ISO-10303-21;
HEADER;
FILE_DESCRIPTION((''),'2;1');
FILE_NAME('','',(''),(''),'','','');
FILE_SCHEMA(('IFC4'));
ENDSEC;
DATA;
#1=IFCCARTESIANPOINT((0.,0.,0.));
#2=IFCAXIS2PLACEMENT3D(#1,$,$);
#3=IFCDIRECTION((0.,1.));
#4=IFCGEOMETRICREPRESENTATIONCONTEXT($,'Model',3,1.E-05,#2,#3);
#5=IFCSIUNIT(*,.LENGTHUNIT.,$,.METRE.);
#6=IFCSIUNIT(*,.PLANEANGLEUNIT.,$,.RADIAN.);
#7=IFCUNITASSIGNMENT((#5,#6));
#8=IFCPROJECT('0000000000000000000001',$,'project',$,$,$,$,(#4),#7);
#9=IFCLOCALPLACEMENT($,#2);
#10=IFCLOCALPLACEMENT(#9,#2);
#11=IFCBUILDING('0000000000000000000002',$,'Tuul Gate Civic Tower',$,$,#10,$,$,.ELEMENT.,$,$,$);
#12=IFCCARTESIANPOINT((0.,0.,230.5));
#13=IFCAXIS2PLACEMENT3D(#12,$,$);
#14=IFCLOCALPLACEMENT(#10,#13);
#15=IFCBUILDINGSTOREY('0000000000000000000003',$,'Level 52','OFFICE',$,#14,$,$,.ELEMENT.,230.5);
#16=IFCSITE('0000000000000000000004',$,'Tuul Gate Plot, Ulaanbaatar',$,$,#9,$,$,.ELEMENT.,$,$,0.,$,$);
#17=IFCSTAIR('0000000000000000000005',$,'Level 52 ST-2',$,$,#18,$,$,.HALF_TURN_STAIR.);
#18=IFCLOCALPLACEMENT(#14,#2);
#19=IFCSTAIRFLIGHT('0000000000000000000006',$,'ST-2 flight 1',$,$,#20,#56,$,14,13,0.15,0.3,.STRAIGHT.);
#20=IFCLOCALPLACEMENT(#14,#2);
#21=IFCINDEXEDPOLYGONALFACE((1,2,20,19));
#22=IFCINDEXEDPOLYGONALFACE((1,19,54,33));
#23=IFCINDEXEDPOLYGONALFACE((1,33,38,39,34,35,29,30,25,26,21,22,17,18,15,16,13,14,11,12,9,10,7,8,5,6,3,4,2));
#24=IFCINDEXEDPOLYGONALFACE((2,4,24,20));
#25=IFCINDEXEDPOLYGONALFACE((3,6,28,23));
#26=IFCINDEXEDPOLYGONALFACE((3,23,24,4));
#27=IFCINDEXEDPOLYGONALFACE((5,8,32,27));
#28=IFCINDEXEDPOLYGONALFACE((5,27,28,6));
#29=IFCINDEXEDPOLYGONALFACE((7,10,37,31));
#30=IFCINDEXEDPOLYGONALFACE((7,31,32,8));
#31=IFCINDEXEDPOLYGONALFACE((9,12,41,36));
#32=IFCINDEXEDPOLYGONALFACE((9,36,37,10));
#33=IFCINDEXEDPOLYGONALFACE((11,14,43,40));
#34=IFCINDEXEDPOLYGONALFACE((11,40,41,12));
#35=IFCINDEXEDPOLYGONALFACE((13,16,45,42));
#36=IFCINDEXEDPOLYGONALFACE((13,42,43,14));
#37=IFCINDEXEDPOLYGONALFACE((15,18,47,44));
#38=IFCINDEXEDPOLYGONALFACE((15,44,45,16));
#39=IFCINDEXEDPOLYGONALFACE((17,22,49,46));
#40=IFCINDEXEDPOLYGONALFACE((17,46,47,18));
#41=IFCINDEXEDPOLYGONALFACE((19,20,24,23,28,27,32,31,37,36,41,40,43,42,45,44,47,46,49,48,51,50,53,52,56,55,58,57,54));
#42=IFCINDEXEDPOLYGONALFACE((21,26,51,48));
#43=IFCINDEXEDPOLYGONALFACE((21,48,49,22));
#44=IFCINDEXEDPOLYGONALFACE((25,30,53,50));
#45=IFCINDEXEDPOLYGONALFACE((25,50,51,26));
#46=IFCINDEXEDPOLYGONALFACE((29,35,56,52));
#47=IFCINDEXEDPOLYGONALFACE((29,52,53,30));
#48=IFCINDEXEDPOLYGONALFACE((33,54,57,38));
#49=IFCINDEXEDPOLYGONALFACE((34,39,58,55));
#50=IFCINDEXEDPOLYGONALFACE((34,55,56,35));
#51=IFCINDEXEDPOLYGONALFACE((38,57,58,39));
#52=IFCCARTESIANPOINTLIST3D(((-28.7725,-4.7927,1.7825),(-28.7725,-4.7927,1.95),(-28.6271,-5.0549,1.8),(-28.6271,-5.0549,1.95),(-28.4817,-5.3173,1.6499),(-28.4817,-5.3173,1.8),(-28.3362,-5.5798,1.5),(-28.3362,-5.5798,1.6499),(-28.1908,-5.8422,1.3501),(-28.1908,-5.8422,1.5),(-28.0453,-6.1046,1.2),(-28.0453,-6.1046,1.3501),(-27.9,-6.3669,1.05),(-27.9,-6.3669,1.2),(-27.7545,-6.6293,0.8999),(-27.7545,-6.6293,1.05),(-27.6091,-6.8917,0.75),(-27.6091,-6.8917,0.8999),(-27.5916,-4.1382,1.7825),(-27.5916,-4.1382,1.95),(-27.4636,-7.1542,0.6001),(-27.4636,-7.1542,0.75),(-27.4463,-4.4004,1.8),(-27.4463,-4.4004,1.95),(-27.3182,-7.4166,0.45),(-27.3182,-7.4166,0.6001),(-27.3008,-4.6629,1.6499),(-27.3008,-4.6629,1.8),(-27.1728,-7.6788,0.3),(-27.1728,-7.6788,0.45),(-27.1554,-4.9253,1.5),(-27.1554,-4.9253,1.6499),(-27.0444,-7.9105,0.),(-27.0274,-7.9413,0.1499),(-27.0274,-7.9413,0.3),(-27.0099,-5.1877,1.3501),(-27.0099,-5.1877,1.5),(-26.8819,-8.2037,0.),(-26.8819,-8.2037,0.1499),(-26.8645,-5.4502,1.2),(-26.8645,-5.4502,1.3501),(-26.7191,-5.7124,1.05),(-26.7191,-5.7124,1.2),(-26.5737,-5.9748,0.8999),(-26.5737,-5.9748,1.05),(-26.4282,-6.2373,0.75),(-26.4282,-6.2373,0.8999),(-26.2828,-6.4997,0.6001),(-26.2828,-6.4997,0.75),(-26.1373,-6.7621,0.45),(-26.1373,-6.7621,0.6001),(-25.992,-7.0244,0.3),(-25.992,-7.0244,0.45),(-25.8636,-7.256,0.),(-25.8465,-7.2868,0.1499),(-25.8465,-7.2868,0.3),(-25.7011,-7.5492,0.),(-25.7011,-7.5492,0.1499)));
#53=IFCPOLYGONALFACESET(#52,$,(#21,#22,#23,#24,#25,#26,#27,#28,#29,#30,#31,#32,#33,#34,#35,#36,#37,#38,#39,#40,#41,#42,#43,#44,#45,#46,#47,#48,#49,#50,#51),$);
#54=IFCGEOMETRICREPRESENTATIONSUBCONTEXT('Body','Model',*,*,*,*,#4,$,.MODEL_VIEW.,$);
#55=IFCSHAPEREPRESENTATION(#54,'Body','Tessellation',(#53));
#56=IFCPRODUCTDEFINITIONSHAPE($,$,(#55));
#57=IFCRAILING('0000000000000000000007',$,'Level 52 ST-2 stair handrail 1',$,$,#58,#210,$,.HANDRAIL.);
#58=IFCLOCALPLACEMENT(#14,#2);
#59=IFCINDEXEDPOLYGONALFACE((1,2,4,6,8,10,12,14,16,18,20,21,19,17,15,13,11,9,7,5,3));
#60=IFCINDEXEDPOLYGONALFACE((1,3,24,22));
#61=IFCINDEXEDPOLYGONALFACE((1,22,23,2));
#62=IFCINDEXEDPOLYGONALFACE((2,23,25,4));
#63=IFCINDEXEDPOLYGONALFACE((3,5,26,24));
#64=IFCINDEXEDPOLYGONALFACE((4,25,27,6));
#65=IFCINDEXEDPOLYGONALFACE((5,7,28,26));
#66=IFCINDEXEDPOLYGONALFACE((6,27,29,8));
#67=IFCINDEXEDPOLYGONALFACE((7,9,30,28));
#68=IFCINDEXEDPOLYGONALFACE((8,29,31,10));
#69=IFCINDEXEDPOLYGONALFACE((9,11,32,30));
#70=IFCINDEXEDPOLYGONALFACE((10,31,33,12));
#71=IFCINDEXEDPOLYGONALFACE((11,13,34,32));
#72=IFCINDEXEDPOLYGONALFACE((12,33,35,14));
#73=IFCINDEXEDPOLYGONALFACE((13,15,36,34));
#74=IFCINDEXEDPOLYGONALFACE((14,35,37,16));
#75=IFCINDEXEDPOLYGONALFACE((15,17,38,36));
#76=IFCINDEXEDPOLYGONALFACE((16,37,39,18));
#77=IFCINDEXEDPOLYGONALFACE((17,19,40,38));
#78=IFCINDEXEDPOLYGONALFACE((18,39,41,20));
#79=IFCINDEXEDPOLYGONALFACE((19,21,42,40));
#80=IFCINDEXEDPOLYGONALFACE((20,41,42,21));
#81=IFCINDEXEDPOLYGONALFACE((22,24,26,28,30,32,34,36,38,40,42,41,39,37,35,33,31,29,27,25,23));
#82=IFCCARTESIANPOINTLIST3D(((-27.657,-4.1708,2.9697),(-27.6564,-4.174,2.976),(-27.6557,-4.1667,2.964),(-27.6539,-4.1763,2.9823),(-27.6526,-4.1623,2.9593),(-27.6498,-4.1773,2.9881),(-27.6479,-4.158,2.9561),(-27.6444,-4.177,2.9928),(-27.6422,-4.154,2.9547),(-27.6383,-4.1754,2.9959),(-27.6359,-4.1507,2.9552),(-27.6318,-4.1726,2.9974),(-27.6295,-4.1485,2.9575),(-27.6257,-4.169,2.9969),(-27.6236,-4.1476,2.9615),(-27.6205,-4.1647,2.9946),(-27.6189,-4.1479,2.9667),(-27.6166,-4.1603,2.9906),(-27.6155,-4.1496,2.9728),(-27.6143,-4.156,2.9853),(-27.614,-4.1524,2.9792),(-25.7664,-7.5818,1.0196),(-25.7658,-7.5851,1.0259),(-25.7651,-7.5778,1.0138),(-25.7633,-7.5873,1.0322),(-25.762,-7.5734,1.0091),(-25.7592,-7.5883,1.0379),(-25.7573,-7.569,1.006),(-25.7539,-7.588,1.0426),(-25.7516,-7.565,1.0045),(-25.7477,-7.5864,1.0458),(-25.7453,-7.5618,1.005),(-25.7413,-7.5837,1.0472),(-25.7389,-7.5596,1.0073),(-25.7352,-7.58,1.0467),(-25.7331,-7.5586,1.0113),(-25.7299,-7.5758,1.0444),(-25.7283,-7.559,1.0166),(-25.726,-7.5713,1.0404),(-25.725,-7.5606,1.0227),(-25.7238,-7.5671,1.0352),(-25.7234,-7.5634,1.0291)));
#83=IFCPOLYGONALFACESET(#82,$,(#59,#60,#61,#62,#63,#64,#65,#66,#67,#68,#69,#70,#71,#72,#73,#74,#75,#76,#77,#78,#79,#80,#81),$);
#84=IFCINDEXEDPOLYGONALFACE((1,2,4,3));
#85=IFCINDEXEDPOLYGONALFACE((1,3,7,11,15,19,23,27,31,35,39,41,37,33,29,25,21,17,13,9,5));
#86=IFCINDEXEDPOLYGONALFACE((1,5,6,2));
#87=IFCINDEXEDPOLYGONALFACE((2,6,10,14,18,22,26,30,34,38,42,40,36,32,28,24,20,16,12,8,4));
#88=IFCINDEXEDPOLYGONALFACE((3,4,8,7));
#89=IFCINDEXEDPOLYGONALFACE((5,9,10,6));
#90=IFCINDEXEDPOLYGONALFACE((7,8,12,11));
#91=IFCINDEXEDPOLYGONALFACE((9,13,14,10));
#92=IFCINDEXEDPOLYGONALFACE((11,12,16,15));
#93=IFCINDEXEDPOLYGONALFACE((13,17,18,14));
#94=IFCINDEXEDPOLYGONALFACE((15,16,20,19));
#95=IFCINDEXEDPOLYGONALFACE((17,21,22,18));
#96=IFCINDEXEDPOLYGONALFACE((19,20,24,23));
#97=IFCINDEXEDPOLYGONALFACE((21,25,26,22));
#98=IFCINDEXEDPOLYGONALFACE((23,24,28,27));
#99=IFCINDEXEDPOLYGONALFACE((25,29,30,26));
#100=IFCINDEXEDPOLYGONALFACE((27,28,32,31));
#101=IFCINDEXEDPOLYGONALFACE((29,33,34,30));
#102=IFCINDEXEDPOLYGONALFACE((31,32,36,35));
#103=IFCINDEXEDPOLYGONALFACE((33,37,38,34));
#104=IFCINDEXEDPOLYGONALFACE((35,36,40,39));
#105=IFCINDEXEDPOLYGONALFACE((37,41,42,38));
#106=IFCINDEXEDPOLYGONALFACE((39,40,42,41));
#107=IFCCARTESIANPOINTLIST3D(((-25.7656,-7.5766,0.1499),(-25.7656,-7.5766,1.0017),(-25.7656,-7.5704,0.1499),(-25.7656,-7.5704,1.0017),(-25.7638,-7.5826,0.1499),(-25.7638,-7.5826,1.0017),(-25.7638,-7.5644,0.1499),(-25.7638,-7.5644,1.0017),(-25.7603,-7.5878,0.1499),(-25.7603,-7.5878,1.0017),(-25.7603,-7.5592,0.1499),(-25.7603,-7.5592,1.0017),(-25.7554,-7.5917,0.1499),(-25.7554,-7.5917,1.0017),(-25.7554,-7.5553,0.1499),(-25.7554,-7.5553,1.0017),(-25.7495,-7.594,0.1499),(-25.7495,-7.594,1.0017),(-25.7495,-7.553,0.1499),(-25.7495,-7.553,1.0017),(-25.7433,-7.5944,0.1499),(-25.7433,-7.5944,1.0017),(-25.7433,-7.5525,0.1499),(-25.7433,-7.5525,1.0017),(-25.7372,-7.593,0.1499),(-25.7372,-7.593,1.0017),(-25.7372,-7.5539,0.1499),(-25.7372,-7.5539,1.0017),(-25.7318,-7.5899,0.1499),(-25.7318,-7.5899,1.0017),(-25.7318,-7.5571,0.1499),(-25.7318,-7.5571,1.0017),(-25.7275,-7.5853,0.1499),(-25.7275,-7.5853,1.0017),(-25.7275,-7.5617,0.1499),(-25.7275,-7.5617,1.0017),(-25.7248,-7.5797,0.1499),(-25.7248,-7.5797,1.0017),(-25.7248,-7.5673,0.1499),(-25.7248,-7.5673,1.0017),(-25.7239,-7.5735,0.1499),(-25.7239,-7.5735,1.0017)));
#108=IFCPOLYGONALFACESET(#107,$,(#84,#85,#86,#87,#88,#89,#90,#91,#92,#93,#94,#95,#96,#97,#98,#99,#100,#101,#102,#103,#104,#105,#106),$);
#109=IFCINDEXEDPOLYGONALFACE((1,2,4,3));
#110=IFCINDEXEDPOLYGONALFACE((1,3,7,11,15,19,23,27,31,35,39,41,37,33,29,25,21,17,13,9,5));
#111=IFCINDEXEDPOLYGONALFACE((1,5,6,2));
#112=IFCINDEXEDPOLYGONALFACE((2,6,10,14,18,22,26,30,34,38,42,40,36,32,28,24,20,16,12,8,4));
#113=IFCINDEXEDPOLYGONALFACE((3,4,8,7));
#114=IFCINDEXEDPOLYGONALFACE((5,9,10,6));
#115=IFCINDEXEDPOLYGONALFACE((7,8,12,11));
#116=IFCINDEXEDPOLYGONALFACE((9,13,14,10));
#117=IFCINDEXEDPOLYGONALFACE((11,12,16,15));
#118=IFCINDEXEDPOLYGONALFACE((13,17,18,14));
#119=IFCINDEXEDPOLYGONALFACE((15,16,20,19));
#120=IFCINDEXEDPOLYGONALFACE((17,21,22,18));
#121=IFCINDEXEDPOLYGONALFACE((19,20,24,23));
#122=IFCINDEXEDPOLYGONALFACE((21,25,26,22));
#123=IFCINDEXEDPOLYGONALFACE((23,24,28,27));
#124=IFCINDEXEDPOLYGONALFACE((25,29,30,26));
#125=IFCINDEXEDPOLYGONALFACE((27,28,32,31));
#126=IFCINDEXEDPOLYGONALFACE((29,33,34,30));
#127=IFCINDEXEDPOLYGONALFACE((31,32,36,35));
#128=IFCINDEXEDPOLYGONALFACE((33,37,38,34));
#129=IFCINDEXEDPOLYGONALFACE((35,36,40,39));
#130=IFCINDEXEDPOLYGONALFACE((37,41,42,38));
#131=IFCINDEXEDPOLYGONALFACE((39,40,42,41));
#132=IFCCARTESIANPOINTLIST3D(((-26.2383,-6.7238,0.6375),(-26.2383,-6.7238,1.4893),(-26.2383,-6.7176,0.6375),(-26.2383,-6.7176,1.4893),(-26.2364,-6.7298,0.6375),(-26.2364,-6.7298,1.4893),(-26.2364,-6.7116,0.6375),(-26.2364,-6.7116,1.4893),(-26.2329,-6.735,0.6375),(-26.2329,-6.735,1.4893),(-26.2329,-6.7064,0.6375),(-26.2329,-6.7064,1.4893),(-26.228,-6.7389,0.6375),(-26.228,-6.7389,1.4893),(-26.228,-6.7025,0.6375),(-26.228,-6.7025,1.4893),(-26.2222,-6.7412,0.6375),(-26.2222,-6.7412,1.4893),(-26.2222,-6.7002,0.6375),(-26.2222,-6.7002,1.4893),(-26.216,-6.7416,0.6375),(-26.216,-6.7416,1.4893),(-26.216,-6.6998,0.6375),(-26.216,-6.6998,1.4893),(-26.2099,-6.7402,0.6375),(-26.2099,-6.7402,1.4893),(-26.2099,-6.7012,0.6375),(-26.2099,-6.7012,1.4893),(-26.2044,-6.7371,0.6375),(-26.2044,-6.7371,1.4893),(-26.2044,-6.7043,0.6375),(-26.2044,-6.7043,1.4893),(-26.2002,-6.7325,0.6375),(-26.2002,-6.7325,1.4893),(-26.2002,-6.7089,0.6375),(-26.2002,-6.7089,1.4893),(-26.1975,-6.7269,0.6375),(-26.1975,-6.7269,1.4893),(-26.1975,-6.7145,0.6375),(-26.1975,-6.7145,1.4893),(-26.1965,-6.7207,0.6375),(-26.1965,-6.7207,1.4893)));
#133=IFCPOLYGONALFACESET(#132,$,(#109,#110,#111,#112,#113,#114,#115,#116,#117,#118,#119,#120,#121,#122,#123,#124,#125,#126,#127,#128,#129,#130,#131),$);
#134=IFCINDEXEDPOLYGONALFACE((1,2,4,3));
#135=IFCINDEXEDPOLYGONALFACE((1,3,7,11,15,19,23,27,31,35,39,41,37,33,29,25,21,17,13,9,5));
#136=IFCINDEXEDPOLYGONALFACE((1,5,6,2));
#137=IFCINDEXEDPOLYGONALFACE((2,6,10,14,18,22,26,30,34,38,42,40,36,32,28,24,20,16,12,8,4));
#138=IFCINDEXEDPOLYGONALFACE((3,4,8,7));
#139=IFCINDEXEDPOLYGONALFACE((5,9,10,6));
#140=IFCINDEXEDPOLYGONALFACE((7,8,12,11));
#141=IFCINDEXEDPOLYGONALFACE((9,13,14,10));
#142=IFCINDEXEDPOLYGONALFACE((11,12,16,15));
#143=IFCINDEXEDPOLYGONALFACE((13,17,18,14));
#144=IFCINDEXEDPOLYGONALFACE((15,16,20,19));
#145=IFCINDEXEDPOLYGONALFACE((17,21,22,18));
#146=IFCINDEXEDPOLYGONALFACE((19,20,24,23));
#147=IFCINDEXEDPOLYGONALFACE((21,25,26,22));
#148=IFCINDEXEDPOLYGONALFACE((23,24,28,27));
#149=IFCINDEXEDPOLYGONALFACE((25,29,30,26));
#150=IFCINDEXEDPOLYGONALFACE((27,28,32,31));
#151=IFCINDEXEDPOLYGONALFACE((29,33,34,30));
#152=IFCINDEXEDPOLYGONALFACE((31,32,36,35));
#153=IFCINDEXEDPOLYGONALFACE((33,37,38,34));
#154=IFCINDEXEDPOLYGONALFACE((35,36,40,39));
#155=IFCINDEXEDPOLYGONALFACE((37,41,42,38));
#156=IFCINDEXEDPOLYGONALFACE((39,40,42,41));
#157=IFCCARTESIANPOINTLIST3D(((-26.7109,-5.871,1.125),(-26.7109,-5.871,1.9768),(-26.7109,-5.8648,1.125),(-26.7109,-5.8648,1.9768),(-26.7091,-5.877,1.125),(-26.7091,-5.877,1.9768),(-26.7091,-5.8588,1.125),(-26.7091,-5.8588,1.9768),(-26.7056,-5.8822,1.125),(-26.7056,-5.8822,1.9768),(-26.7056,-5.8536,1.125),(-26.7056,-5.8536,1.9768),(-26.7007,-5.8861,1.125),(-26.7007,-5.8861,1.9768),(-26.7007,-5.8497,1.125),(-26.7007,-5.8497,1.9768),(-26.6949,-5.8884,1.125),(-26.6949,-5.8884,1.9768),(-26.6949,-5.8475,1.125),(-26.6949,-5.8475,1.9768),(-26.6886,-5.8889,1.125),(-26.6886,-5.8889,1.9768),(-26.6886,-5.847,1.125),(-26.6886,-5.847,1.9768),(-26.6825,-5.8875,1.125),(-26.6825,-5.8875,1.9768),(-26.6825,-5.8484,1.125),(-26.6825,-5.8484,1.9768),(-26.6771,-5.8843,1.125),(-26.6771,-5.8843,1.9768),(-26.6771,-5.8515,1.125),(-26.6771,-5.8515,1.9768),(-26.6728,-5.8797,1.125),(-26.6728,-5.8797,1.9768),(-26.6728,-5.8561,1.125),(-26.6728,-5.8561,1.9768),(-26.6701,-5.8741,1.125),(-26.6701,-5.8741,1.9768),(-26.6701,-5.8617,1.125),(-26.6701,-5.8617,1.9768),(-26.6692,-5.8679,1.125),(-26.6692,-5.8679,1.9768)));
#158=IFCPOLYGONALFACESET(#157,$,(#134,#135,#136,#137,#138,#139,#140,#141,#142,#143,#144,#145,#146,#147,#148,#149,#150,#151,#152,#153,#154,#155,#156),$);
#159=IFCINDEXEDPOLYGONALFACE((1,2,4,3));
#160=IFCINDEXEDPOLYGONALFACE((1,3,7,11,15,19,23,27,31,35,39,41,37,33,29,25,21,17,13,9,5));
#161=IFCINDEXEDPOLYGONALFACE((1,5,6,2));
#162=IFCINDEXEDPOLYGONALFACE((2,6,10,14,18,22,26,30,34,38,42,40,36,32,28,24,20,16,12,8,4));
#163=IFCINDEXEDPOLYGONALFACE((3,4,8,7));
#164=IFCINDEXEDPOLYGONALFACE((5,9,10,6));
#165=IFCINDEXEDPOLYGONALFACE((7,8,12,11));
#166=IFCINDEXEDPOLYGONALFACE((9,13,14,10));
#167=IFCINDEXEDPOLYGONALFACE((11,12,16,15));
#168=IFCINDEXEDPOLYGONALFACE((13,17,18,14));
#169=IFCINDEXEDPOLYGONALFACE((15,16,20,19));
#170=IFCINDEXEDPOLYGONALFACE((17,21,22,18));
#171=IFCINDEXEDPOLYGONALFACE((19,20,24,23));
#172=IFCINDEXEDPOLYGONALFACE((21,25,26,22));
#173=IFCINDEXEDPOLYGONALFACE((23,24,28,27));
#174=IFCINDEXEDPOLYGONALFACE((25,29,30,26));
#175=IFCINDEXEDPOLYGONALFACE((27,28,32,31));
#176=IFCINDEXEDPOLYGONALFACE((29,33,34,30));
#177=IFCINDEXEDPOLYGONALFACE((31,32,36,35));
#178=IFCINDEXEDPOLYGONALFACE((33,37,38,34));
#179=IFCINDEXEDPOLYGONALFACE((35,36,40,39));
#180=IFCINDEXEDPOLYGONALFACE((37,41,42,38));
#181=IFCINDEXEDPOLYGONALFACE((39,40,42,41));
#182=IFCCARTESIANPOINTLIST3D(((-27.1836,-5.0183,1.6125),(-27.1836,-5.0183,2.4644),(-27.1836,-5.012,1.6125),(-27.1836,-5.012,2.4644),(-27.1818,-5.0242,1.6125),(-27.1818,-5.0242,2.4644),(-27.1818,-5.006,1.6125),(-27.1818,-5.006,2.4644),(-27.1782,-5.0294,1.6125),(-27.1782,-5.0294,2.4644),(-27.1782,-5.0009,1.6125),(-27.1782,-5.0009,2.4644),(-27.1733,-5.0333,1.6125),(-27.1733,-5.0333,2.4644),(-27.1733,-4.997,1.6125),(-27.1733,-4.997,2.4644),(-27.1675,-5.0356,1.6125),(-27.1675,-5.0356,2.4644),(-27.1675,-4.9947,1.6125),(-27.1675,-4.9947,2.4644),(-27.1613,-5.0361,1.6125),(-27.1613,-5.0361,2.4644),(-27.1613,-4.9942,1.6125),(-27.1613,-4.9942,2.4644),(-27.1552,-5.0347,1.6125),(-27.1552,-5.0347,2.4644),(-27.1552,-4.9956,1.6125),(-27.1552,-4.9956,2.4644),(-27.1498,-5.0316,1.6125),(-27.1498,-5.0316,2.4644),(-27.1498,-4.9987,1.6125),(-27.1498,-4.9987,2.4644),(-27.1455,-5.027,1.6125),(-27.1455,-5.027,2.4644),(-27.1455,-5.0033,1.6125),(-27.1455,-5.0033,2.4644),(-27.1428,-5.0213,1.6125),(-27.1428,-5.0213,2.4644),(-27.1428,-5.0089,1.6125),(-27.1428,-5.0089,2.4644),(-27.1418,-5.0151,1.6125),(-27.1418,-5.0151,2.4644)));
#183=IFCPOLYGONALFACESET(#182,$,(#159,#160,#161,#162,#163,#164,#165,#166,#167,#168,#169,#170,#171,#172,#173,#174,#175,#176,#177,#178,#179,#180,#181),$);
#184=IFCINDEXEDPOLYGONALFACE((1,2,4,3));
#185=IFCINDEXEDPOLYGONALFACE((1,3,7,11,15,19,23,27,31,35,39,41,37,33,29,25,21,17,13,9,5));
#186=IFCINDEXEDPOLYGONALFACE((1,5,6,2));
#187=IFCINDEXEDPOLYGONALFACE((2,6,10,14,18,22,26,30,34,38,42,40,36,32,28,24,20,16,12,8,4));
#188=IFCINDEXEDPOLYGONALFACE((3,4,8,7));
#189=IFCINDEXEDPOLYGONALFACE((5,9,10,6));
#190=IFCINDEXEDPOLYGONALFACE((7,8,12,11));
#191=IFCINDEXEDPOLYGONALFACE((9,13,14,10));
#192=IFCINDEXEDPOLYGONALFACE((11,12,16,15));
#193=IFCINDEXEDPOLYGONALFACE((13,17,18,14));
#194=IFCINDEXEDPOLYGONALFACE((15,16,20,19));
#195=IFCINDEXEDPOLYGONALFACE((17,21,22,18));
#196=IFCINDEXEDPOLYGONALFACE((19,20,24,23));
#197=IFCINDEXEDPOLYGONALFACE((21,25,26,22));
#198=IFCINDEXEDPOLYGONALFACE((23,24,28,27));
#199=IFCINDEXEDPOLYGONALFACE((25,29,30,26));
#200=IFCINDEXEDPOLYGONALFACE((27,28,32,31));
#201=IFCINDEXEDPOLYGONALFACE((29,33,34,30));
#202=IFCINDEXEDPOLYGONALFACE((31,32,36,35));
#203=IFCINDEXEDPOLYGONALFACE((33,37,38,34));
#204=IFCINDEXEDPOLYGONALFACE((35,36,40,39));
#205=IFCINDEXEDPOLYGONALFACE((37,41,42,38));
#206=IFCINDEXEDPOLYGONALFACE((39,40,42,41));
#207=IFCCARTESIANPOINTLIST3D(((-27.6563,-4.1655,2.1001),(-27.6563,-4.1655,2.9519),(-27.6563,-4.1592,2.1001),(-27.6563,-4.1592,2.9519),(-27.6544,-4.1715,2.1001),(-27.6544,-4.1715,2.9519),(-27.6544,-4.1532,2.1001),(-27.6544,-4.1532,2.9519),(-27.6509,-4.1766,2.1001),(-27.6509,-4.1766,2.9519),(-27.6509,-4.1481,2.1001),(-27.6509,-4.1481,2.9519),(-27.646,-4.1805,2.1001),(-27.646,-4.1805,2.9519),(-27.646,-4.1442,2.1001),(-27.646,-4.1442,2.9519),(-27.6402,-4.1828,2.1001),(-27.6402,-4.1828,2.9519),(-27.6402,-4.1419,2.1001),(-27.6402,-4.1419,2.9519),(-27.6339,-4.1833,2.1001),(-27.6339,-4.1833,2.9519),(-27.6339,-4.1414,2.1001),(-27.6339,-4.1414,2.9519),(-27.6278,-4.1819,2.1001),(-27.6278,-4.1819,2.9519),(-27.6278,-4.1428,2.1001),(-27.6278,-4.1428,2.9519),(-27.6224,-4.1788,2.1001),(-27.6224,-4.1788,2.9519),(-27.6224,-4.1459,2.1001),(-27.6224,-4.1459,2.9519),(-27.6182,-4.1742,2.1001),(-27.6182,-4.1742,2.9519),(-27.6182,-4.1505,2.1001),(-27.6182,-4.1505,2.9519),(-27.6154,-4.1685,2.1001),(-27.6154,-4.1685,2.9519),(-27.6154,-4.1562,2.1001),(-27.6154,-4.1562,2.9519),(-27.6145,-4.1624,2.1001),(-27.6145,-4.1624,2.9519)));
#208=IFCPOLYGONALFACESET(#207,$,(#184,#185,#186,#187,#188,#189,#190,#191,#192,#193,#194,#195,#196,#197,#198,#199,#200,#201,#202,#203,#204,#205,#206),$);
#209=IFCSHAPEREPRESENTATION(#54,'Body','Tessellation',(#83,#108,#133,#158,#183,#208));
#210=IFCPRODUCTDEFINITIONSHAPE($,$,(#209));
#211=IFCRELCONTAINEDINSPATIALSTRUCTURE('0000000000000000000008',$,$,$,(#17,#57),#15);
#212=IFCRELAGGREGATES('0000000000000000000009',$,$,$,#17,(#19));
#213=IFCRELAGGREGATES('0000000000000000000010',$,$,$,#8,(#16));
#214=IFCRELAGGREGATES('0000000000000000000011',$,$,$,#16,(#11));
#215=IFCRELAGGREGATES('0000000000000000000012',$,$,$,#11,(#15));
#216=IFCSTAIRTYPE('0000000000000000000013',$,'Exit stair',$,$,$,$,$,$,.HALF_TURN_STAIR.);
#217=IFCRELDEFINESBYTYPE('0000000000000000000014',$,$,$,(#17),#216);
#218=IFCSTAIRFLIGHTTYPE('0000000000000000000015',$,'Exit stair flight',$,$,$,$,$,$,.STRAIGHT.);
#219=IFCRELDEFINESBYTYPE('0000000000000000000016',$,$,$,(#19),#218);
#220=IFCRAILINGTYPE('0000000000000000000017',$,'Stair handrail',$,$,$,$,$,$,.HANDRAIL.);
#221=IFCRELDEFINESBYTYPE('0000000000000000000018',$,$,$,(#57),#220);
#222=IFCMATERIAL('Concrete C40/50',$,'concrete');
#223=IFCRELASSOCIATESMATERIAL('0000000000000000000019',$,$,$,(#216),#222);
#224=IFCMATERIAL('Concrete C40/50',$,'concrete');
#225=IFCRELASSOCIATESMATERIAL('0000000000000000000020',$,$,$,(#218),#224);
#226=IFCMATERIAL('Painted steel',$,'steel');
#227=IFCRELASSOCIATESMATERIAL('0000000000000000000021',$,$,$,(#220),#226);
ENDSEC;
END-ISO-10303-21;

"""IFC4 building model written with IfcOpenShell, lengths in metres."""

from ifc_helpers import new_model, si_unit, direction, frame, origin, origin_2d, place, context, subcontext, project, spatial, polyline, circle, outline, extrude, material, type_object, element, aggregate, save


model = new_model("IFC4")

# Units and contexts
model_context = context("Model", 3, precision=1e-05, world=origin(), true_north=direction((0.0, 1.0)))
body_context = subcontext(model_context, "Body", "Model", "MODEL_VIEW")
ifc_project = project(units=[si_unit("LENGTHUNIT", "METRE"), si_unit("PLANEANGLEUNIT", "RADIAN")], contexts=[model_context])

# Site, building, storey
site_placement = place(None, origin())
site = spatial("IfcSite", under=ifc_project, at=site_placement, Name="Tuul Gate Plot, Ulaanbaatar", CompositionType="ELEMENT", RefElevation=0.0)
building_placement = place(site_placement, origin())
building = spatial("IfcBuilding", under=site, at=building_placement, Name="Tuul Gate Civic Tower", CompositionType="ELEMENT")
storey_placement = place(building_placement, frame((0.0, 0.0, 230.5)))
storey = spatial("IfcBuildingStorey", under=building, at=storey_placement, Name="Level 52", Description="OFFICE", CompositionType="ELEMENT", Elevation=230.5)

# Stair, stair flight
ifc_material_1 = material(Name="Concrete C40/50", Category="concrete")
stair_type = type_object("IfcStairType", Name="Exit stair", PredefinedType="HALF_TURN_STAIR", material=ifc_material_1)
stair_placement = place(storey_placement, origin())
stair = element("IfcStair", 1, at=stair_placement, inside=storey, type_object=stair_type, Name="Level 52 ST-2", PredefinedType="HALF_TURN_STAIR")
ifc_material_2 = material(Name="Concrete C40/50", Category="concrete")
stair_flight_type = type_object("IfcStairFlightType", Name="Exit stair flight", PredefinedType="STRAIGHT", material=ifc_material_2)
stair_flight_placement = place(storey_placement, frame((-26.2915, -7.8765, 0.0), z_axis=(0.0, 0.0, 1.0), x_axis=(-0.484762, 0.874646, 0.0)))
stair_flight = element("IfcStairFlight", 2, at=stair_flight_placement, type_object=stair_flight_type, Name="ST-2 flight 1", NumberOfRisers=14, NumberOfTreads=13, PredefinedType="STRAIGHT", RiserHeight=0.15, TreadLength=0.3, context=body_context, shape_type="SweptSolid", body=[
    extrude(outline(polyline([(0.0, 0.0), (0.0, 0.1499), (0.3, 0.1499), (0.3, 0.3), (0.6001, 0.3), (0.6001, 0.45), (0.8999, 0.45), (0.8999, 0.6001), (1.2, 0.6001), (1.2, 0.75), (1.5, 0.75), (1.5, 0.8999), (1.8, 0.8999), (1.8, 1.05), (2.1001, 1.05), (2.1001, 1.2), (2.3999, 1.2), (2.3999, 1.3501), (2.7, 1.3501), (2.7, 1.5), (3.0, 1.5), (3.0, 1.6499), (3.3, 1.6499), (3.3, 1.8), (3.6001, 1.8), (3.6001, 1.95), (3.8999, 1.95), (3.8999, 2.1001), (3.8999, 1.7825), (0.3352, 0.0), (0.0, 0.0)])), frame((0.0, 0.675, 0.0), z_axis=(0.0, -1.0, 0.0), x_axis=(1.0, 0.0, 0.0)), (0.0, 0.0, 1.0), 1.3501),
])
aggregate(stair, [stair_flight])

# Railing
ifc_material_3 = material(Name="Painted steel", Category="steel")
railing_type_1 = type_object("IfcRailingType", Name="Stair handrail", PredefinedType="HANDRAIL", material=ifc_material_3)
railing_1_placement = place(storey_placement, frame((-25.7449, -7.5735, 0.1499)))
element("IfcRailing", 3, at=railing_1_placement, inside=storey, type_object=railing_type_1, Name="Level 52 ST-2 stair handrail 1", PredefinedType="HANDRAIL", context=body_context, shape_type="SweptSolid", body=[
    extrude(circle(Radius=0.0239, at=origin_2d()), frame((0.0, 0.0, 0.876), z_axis=(-0.433585, 0.782289, 0.447246), x_axis=(-0.874641, -0.484771, 0.0)), (0.0, 0.0, 1.0), 4.3604),
    extrude(circle(Radius=0.021, at=origin_2d()), origin(), (0.0, 0.0, 1.0), 0.8518),
    extrude(circle(Radius=0.021, at=origin_2d()), frame((-0.4727, 0.8528, 0.4875)), (0.0, 0.0, 1.0), 0.8518),
    extrude(circle(Radius=0.021, at=origin_2d()), frame((-0.9453, 1.7056, 0.9751)), (0.0, 0.0, 1.0), 0.8518),
    extrude(circle(Radius=0.021, at=origin_2d()), frame((-1.418, 2.5583, 1.4626)), (0.0, 0.0, 1.0), 0.8518),
    extrude(circle(Radius=0.021, at=origin_2d()), frame((-1.8906, 3.4111, 1.9502)), (0.0, 0.0, 1.0), 0.8518),
])

save(model, "model.ifc")
